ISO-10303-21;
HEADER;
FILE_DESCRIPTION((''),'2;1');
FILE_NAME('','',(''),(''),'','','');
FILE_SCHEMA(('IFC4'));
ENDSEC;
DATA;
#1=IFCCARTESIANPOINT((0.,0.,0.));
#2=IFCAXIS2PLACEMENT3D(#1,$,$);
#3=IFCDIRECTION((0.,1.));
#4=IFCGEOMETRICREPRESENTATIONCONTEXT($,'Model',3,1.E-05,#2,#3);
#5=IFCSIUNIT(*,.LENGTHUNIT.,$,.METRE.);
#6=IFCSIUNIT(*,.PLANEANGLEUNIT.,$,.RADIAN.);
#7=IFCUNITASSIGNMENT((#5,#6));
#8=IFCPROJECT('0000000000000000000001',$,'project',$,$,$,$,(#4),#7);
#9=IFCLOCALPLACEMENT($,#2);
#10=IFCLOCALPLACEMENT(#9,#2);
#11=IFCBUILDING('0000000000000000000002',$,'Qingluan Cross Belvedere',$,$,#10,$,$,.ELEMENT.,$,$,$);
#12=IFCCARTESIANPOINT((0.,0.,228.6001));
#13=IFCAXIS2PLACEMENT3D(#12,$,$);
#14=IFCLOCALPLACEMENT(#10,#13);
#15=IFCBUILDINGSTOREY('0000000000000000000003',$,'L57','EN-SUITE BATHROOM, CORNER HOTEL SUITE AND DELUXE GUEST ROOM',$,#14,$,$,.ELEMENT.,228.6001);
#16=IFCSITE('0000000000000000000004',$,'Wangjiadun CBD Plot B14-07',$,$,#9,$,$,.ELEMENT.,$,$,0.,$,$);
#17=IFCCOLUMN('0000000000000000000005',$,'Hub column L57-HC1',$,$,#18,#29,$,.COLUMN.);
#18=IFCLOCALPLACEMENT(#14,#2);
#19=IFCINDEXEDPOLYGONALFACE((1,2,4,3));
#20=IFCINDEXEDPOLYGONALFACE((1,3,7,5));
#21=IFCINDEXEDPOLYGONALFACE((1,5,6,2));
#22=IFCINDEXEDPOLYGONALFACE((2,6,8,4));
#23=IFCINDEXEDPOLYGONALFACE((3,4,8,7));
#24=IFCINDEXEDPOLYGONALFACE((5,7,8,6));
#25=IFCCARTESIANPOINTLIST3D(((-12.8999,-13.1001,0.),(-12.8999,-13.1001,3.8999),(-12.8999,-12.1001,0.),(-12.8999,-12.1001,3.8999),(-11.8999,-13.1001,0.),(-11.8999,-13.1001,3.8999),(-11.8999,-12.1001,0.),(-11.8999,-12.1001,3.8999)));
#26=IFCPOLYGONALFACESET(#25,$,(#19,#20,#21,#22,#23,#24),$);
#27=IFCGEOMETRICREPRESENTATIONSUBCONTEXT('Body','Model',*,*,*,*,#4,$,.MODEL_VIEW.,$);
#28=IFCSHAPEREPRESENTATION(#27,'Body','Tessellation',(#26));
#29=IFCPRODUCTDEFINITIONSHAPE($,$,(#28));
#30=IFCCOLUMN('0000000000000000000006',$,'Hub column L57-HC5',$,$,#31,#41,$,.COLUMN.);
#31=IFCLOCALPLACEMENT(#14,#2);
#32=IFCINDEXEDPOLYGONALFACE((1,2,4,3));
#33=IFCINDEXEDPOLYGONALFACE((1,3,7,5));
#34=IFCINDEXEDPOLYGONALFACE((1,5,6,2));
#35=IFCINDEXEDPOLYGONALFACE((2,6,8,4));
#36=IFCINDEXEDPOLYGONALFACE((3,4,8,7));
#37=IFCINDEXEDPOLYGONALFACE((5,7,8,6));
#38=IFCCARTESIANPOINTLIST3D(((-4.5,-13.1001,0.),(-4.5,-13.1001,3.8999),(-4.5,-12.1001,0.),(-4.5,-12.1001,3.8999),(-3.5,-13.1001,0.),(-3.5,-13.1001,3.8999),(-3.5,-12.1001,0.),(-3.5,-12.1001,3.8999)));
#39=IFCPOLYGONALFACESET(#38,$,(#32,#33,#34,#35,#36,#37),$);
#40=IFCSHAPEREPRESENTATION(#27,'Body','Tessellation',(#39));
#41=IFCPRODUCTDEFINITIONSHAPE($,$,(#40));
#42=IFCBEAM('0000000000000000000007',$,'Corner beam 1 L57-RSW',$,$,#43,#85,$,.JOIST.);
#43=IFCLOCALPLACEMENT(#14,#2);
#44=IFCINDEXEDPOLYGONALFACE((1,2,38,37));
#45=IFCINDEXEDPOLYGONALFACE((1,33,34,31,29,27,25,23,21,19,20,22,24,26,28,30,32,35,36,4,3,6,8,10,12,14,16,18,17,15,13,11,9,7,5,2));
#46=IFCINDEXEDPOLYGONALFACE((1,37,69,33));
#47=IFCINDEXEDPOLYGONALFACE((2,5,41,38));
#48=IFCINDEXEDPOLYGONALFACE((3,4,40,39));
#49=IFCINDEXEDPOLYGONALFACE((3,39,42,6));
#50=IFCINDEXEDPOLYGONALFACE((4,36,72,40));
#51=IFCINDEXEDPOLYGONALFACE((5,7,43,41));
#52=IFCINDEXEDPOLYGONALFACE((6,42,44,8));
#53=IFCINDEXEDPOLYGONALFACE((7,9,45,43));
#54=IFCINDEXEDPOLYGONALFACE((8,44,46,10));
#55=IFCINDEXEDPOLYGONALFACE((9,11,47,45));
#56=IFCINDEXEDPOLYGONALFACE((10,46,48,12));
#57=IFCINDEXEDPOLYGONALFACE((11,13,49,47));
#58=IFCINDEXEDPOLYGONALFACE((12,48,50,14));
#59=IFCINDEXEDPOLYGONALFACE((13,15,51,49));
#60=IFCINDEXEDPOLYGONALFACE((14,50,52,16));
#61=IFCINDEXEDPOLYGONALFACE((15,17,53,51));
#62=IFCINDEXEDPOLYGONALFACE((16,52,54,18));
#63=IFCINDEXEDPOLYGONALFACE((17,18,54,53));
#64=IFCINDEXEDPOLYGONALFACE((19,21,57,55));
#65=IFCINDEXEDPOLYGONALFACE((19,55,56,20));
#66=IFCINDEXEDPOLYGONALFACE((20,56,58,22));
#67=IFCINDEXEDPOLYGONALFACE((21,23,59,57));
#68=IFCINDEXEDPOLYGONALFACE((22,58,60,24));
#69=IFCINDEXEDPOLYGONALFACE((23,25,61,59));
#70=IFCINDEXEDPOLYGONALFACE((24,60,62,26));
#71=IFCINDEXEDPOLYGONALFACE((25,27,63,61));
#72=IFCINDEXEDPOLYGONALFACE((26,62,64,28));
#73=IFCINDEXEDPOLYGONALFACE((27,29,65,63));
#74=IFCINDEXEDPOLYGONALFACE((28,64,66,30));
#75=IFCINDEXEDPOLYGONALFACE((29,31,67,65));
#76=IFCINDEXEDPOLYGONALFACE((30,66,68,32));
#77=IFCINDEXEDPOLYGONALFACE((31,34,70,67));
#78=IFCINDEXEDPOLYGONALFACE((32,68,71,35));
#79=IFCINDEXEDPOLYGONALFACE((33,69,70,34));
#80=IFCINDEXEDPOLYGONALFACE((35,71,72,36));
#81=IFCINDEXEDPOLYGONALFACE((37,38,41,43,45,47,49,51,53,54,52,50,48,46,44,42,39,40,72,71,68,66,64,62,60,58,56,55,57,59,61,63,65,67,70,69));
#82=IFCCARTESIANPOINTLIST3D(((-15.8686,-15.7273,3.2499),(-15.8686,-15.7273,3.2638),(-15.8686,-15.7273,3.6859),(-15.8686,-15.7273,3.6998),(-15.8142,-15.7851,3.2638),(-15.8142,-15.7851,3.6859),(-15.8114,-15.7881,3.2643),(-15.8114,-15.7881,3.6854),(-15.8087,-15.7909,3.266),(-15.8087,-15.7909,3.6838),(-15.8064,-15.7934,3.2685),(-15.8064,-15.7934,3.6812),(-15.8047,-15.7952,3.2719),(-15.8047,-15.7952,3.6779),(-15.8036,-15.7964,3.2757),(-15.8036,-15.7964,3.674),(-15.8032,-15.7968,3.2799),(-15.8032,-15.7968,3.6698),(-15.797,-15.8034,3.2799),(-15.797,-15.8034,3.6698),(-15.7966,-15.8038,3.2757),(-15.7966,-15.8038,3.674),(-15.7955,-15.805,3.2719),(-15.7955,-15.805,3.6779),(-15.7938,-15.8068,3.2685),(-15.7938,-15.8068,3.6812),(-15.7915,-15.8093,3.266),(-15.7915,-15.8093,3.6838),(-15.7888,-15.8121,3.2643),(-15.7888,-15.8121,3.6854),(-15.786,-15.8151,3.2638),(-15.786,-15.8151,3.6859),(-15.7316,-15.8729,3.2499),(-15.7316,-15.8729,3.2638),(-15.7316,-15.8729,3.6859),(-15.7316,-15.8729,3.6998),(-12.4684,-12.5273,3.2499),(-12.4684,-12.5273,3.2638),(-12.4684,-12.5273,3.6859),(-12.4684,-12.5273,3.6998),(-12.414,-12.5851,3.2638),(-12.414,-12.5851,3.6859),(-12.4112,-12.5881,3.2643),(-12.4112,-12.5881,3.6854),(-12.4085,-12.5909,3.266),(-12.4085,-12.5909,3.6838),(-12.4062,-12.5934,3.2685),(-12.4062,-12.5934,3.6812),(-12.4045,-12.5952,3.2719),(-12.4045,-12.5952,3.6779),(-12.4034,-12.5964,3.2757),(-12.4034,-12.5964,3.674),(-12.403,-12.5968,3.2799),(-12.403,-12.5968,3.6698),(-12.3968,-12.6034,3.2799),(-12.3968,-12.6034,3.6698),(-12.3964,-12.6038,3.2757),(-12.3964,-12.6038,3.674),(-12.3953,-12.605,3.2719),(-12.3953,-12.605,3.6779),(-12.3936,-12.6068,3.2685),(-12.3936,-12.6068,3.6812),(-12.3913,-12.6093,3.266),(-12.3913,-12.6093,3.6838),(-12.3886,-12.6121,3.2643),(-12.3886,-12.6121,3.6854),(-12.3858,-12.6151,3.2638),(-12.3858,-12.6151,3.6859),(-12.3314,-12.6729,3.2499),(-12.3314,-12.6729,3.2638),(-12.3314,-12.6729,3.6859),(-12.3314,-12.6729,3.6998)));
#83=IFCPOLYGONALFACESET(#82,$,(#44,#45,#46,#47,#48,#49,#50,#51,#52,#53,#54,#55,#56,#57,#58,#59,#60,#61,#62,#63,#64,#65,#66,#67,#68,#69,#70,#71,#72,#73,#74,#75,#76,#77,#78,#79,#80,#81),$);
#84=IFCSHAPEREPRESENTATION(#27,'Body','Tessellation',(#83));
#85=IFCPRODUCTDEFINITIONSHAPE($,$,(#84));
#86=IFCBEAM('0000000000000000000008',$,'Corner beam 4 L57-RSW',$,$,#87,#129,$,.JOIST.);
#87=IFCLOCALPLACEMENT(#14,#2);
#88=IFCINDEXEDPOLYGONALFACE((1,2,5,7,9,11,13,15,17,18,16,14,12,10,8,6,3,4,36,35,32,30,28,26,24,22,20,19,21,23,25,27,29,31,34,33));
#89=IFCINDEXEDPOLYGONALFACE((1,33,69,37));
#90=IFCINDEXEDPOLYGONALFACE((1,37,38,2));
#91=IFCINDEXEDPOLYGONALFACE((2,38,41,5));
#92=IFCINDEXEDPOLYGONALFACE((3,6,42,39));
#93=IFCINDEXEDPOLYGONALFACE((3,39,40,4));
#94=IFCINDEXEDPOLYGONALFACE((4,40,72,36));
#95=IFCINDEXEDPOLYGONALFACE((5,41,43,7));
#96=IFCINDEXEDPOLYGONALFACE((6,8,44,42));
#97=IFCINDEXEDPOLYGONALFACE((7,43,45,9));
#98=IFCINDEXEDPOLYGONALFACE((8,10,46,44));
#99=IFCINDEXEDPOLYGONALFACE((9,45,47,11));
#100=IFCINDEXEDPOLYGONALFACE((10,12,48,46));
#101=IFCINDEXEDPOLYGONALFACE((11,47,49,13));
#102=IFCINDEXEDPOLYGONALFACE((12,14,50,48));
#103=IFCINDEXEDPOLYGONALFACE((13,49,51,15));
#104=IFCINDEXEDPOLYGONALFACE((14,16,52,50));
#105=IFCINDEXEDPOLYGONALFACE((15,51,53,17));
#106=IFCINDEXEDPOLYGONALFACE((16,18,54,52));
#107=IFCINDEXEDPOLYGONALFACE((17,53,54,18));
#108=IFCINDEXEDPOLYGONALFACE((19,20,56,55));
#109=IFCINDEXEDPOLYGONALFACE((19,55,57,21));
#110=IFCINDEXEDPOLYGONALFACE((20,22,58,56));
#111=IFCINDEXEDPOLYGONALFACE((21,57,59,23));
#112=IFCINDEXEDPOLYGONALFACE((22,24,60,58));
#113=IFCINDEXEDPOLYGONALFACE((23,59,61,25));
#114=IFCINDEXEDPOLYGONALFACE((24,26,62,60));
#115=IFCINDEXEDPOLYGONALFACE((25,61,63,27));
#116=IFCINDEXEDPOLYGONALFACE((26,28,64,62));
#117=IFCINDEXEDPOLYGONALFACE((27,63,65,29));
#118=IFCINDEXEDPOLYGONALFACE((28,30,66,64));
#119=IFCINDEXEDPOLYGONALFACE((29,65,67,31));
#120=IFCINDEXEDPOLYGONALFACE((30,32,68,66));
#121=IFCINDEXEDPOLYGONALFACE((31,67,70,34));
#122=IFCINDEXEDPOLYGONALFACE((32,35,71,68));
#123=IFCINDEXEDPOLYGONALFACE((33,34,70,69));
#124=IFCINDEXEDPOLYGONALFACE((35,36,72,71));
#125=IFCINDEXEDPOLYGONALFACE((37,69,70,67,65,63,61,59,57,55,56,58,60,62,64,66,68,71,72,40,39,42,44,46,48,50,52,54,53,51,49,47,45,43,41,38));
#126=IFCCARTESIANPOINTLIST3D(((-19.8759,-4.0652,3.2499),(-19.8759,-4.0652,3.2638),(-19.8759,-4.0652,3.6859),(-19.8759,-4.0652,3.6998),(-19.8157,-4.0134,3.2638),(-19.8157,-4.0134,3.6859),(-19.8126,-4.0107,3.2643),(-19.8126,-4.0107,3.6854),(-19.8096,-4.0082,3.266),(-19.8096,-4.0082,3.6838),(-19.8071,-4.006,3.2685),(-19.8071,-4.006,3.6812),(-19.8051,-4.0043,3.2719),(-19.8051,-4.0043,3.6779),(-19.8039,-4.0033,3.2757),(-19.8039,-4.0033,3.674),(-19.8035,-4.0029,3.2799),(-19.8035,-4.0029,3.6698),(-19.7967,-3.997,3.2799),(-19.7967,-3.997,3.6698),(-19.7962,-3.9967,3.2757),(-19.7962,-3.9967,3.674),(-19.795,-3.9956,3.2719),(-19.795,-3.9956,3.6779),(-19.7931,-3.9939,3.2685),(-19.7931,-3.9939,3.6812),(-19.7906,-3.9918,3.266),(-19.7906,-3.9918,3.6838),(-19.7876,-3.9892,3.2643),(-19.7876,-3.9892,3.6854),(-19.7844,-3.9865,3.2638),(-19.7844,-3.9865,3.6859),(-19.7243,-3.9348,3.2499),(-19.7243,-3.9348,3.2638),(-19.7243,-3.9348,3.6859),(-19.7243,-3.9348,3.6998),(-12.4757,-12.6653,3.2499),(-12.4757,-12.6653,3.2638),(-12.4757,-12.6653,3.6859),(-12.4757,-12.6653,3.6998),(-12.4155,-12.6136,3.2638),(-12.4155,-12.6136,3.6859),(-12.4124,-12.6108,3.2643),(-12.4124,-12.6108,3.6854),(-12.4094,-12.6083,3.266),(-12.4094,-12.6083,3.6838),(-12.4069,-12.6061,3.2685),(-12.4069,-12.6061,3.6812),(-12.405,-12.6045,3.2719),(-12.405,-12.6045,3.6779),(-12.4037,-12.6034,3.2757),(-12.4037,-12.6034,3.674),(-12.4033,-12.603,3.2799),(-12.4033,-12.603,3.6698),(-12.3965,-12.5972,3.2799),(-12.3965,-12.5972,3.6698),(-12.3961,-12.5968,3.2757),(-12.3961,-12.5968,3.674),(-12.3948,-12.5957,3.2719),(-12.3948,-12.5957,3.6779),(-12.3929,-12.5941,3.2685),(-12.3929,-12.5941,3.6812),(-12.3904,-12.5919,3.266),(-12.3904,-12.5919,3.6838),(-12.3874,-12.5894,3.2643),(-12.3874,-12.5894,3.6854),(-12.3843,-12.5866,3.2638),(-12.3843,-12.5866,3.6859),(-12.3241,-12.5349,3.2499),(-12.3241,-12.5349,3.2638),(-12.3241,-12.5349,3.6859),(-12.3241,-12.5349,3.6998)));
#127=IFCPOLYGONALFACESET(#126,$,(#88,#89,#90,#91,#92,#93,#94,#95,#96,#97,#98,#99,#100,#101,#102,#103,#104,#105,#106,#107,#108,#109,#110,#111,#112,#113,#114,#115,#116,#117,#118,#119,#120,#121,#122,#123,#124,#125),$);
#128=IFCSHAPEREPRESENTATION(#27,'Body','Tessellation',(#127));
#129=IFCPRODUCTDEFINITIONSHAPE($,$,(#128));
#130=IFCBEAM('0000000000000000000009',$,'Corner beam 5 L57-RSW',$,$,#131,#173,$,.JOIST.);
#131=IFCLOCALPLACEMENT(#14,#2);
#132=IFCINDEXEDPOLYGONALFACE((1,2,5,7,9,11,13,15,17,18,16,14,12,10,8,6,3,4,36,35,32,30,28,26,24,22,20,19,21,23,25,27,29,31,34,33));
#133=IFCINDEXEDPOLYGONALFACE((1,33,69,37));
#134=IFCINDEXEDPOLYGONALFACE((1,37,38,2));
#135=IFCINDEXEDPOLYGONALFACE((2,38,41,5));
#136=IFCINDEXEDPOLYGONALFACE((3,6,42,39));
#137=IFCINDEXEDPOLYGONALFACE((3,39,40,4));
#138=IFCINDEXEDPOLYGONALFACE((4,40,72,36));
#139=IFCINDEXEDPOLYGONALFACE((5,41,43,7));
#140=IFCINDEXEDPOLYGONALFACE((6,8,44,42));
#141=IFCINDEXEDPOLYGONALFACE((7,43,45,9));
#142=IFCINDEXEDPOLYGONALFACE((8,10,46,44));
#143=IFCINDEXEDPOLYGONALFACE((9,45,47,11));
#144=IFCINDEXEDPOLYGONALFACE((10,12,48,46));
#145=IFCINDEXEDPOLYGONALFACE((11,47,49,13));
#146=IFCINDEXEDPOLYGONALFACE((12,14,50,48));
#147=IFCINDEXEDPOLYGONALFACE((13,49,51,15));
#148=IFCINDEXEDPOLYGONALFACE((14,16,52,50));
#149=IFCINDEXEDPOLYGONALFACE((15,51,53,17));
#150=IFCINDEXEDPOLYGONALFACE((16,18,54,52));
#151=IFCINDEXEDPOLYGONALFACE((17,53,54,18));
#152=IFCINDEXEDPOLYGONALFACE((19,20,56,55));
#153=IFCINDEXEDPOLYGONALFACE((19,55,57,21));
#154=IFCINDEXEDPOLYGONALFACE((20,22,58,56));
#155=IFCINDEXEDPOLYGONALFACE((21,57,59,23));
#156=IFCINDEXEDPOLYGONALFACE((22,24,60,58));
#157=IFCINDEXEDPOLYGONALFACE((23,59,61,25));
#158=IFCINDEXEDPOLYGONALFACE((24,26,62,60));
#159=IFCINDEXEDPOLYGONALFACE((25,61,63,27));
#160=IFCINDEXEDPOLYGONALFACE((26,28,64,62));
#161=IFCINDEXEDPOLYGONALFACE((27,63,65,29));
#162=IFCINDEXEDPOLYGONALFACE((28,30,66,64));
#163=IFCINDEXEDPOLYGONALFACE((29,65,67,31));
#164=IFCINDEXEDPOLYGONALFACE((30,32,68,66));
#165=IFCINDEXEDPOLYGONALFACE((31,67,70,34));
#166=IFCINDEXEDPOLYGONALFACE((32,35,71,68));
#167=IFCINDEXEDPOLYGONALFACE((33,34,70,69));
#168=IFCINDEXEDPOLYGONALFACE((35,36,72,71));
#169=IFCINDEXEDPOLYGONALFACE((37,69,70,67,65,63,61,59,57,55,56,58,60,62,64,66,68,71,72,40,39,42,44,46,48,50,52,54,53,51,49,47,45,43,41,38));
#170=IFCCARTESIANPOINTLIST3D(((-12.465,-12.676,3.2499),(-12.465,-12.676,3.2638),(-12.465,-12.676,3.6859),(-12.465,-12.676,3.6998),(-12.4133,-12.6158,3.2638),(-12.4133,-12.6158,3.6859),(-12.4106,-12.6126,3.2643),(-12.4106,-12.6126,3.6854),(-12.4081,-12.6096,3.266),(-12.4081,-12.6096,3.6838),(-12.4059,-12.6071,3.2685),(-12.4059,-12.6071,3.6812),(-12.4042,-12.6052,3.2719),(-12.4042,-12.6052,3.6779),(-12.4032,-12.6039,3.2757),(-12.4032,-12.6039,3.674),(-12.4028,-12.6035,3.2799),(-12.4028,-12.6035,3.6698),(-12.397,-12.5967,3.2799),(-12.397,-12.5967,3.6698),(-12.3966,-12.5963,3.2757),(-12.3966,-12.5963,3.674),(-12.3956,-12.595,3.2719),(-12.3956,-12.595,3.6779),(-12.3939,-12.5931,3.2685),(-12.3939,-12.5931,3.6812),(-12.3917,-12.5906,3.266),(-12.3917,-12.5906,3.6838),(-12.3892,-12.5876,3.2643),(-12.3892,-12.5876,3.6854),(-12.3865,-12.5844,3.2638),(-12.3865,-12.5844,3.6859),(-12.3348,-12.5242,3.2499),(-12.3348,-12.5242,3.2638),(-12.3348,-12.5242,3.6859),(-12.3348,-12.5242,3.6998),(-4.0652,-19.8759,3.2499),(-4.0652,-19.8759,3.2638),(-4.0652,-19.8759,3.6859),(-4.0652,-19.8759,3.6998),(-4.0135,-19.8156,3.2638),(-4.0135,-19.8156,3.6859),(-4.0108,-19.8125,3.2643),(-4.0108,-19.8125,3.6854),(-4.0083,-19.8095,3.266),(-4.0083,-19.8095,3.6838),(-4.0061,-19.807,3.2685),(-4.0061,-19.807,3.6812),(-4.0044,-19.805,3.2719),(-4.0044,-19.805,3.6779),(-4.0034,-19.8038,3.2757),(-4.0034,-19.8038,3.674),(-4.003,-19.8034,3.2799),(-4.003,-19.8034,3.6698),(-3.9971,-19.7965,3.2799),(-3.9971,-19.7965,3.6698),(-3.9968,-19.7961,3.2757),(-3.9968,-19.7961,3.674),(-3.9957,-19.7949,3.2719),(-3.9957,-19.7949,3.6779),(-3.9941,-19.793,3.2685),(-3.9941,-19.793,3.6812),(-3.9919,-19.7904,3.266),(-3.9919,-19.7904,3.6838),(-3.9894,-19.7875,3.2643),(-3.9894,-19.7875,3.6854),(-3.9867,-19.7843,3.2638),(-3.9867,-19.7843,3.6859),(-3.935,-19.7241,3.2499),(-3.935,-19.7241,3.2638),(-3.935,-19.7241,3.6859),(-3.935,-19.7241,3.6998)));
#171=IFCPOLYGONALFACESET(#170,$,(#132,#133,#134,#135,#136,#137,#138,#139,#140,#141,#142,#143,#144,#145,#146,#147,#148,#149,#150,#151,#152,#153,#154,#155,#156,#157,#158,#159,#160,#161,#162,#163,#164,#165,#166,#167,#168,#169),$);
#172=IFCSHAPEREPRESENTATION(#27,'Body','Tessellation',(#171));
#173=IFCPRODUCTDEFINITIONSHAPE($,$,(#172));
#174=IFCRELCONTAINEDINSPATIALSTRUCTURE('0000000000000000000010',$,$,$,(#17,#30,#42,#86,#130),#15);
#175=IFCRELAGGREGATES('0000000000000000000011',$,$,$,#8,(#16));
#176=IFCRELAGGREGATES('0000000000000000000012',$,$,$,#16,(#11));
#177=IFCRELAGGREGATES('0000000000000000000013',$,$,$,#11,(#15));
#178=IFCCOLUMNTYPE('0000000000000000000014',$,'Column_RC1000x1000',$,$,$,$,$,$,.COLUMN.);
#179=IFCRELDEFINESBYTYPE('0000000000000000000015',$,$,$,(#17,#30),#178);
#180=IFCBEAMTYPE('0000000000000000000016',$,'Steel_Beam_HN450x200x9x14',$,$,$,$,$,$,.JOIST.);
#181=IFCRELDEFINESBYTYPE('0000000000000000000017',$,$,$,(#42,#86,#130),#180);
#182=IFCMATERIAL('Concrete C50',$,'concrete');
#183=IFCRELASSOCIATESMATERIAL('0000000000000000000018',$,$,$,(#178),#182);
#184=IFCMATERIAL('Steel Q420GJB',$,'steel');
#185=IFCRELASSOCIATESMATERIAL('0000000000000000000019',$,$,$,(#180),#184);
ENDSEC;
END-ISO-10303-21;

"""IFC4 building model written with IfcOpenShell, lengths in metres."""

from ifc_helpers import new_model, si_unit, direction, frame, origin, origin_2d, place, context, subcontext, project, spatial, rectangle, i_section, extrude, material, material_profile, profile_set, type_object, element, save


model = new_model("IFC4")

# Units and contexts
model_context = context("Model", 3, precision=1e-05, world=origin(), true_north=direction((0.0, 1.0)))
body_context = subcontext(model_context, "Body", "Model", "MODEL_VIEW")
ifc_project = project(units=[si_unit("LENGTHUNIT", "METRE"), si_unit("PLANEANGLEUNIT", "RADIAN")], contexts=[model_context])

# Site, building, storey
site_placement = place(None, origin())
site = spatial("IfcSite", under=ifc_project, at=site_placement, Name="Wangjiadun CBD Plot B14-07", CompositionType="ELEMENT", RefElevation=0.0)
building_placement = place(site_placement, origin())
building = spatial("IfcBuilding", under=site, at=building_placement, Name="Qingluan Cross Belvedere", CompositionType="ELEMENT")
storey_placement = place(building_placement, frame((0.0, 0.0, 228.6001)))
storey = spatial("IfcBuildingStorey", under=building, at=storey_placement, Name="L57", Description="EN-SUITE BATHROOM, CORNER HOTEL SUITE AND DELUXE GUEST ROOM", CompositionType="ELEMENT", Elevation=228.6001)

# Columns
ifc_material_1 = material(Name="Concrete C50", Category="concrete")
ifc_material_profile_1 = material_profile(ifc_material_1, rectangle(XDim=1.0, YDim=1.0, at=origin_2d()), Name="RC1000x1000")
ifc_profile_set_1 = profile_set([ifc_material_profile_1], Name="Concrete C50")
column_type = type_object("IfcColumnType", Name="Column_RC1000x1000", PredefinedType="COLUMN", material=ifc_profile_set_1)
for number, where, z_axis, x_axis, name in (
    (1, (-12.3999, -12.6001, 0.0), (0.0, 0.0, 1.0), (1.0, 0.0, 0.0), "Hub column L57-HC1"),
    (2, (-4.0, -12.6001, 0.0), (0.0, 0.0, 1.0), (1.0, 0.0, 0.0), "Hub column L57-HC5"),
):
    element("IfcColumn", number, at=place(storey_placement, frame(where, z_axis=z_axis, x_axis=x_axis)), inside=storey, type_object=column_type, Name=name, PredefinedType="COLUMN", context=body_context, shape_type="SweptSolid", body=[
        extrude(rectangle(XDim=1.0, YDim=1.0, at=origin_2d()), origin(), (0.0, 0.0, 1.0), 3.8999),
    ])

# Beams
ifc_material_2 = material(Name="Steel Q420GJB", Category="steel")
ifc_material_profile_2 = material_profile(ifc_material_2, i_section(OverallWidth=0.2, OverallDepth=0.45, WebThickness=0.009, FlangeThickness=0.0139, FilletRadius=0.0161, at=origin_2d()), Name="HN450x200x9x14")
ifc_profile_set_2 = profile_set([ifc_material_profile_2], Name="Steel Q420GJB")
beam_type_1 = type_object("IfcBeamType", Name="Steel_Beam_HN450x200x9x14", PredefinedType="JOIST", material=ifc_profile_set_2)
beam_1_placement = place(storey_placement, frame((-12.3999, -12.6001, 3.4749), z_axis=(-0.72822, -0.685343, 0.0), x_axis=(0.685343, -0.72822, 0.0)))
element("IfcBeam", 3, at=beam_1_placement, inside=storey, type_object=beam_type_1, Name="Corner beam 1 L57-RSW", PredefinedType="JOIST", context=body_context, shape_type="SweptSolid", body=[
    extrude(i_section(OverallWidth=0.2, OverallDepth=0.45, WebThickness=0.009, FlangeThickness=0.0139, FilletRadius=0.0161, at=origin_2d()), origin(), (0.0, 0.0, 1.0), 4.6692),
])
beam_2_placement = place(storey_placement, frame((-12.3999, -12.6001, 3.4749), z_axis=(-0.652245, 0.758008, 0.0), x_axis=(-0.758008, -0.652245, 0.0)))
element("IfcBeam", 4, at=beam_2_placement, inside=storey, type_object=beam_type_1, Name="Corner beam 4 L57-RSW", PredefinedType="JOIST", context=body_context, shape_type="SweptSolid", body=[
    extrude(i_section(OverallWidth=0.2, OverallDepth=0.45, WebThickness=0.009, FlangeThickness=0.0139, FilletRadius=0.0161, at=origin_2d()), origin(), (0.0, 0.0, 1.0), 11.3457),
])
beam_3_placement = place(storey_placement, frame((-12.3999, -12.6001, 3.4749), z_axis=(0.759255, -0.650793, 0.0), x_axis=(0.650793, 0.759255, 0.0)))
element("IfcBeam", 5, at=beam_3_placement, inside=storey, type_object=beam_type_1, Name="Corner beam 5 L57-RSW", PredefinedType="JOIST", context=body_context, shape_type="SweptSolid", body=[
    extrude(i_section(OverallWidth=0.2, OverallDepth=0.45, WebThickness=0.009, FlangeThickness=0.0139, FilletRadius=0.0161, at=origin_2d()), origin(), (0.0, 0.0, 1.0), 11.0632),
])

save(model, "model.ifc")
